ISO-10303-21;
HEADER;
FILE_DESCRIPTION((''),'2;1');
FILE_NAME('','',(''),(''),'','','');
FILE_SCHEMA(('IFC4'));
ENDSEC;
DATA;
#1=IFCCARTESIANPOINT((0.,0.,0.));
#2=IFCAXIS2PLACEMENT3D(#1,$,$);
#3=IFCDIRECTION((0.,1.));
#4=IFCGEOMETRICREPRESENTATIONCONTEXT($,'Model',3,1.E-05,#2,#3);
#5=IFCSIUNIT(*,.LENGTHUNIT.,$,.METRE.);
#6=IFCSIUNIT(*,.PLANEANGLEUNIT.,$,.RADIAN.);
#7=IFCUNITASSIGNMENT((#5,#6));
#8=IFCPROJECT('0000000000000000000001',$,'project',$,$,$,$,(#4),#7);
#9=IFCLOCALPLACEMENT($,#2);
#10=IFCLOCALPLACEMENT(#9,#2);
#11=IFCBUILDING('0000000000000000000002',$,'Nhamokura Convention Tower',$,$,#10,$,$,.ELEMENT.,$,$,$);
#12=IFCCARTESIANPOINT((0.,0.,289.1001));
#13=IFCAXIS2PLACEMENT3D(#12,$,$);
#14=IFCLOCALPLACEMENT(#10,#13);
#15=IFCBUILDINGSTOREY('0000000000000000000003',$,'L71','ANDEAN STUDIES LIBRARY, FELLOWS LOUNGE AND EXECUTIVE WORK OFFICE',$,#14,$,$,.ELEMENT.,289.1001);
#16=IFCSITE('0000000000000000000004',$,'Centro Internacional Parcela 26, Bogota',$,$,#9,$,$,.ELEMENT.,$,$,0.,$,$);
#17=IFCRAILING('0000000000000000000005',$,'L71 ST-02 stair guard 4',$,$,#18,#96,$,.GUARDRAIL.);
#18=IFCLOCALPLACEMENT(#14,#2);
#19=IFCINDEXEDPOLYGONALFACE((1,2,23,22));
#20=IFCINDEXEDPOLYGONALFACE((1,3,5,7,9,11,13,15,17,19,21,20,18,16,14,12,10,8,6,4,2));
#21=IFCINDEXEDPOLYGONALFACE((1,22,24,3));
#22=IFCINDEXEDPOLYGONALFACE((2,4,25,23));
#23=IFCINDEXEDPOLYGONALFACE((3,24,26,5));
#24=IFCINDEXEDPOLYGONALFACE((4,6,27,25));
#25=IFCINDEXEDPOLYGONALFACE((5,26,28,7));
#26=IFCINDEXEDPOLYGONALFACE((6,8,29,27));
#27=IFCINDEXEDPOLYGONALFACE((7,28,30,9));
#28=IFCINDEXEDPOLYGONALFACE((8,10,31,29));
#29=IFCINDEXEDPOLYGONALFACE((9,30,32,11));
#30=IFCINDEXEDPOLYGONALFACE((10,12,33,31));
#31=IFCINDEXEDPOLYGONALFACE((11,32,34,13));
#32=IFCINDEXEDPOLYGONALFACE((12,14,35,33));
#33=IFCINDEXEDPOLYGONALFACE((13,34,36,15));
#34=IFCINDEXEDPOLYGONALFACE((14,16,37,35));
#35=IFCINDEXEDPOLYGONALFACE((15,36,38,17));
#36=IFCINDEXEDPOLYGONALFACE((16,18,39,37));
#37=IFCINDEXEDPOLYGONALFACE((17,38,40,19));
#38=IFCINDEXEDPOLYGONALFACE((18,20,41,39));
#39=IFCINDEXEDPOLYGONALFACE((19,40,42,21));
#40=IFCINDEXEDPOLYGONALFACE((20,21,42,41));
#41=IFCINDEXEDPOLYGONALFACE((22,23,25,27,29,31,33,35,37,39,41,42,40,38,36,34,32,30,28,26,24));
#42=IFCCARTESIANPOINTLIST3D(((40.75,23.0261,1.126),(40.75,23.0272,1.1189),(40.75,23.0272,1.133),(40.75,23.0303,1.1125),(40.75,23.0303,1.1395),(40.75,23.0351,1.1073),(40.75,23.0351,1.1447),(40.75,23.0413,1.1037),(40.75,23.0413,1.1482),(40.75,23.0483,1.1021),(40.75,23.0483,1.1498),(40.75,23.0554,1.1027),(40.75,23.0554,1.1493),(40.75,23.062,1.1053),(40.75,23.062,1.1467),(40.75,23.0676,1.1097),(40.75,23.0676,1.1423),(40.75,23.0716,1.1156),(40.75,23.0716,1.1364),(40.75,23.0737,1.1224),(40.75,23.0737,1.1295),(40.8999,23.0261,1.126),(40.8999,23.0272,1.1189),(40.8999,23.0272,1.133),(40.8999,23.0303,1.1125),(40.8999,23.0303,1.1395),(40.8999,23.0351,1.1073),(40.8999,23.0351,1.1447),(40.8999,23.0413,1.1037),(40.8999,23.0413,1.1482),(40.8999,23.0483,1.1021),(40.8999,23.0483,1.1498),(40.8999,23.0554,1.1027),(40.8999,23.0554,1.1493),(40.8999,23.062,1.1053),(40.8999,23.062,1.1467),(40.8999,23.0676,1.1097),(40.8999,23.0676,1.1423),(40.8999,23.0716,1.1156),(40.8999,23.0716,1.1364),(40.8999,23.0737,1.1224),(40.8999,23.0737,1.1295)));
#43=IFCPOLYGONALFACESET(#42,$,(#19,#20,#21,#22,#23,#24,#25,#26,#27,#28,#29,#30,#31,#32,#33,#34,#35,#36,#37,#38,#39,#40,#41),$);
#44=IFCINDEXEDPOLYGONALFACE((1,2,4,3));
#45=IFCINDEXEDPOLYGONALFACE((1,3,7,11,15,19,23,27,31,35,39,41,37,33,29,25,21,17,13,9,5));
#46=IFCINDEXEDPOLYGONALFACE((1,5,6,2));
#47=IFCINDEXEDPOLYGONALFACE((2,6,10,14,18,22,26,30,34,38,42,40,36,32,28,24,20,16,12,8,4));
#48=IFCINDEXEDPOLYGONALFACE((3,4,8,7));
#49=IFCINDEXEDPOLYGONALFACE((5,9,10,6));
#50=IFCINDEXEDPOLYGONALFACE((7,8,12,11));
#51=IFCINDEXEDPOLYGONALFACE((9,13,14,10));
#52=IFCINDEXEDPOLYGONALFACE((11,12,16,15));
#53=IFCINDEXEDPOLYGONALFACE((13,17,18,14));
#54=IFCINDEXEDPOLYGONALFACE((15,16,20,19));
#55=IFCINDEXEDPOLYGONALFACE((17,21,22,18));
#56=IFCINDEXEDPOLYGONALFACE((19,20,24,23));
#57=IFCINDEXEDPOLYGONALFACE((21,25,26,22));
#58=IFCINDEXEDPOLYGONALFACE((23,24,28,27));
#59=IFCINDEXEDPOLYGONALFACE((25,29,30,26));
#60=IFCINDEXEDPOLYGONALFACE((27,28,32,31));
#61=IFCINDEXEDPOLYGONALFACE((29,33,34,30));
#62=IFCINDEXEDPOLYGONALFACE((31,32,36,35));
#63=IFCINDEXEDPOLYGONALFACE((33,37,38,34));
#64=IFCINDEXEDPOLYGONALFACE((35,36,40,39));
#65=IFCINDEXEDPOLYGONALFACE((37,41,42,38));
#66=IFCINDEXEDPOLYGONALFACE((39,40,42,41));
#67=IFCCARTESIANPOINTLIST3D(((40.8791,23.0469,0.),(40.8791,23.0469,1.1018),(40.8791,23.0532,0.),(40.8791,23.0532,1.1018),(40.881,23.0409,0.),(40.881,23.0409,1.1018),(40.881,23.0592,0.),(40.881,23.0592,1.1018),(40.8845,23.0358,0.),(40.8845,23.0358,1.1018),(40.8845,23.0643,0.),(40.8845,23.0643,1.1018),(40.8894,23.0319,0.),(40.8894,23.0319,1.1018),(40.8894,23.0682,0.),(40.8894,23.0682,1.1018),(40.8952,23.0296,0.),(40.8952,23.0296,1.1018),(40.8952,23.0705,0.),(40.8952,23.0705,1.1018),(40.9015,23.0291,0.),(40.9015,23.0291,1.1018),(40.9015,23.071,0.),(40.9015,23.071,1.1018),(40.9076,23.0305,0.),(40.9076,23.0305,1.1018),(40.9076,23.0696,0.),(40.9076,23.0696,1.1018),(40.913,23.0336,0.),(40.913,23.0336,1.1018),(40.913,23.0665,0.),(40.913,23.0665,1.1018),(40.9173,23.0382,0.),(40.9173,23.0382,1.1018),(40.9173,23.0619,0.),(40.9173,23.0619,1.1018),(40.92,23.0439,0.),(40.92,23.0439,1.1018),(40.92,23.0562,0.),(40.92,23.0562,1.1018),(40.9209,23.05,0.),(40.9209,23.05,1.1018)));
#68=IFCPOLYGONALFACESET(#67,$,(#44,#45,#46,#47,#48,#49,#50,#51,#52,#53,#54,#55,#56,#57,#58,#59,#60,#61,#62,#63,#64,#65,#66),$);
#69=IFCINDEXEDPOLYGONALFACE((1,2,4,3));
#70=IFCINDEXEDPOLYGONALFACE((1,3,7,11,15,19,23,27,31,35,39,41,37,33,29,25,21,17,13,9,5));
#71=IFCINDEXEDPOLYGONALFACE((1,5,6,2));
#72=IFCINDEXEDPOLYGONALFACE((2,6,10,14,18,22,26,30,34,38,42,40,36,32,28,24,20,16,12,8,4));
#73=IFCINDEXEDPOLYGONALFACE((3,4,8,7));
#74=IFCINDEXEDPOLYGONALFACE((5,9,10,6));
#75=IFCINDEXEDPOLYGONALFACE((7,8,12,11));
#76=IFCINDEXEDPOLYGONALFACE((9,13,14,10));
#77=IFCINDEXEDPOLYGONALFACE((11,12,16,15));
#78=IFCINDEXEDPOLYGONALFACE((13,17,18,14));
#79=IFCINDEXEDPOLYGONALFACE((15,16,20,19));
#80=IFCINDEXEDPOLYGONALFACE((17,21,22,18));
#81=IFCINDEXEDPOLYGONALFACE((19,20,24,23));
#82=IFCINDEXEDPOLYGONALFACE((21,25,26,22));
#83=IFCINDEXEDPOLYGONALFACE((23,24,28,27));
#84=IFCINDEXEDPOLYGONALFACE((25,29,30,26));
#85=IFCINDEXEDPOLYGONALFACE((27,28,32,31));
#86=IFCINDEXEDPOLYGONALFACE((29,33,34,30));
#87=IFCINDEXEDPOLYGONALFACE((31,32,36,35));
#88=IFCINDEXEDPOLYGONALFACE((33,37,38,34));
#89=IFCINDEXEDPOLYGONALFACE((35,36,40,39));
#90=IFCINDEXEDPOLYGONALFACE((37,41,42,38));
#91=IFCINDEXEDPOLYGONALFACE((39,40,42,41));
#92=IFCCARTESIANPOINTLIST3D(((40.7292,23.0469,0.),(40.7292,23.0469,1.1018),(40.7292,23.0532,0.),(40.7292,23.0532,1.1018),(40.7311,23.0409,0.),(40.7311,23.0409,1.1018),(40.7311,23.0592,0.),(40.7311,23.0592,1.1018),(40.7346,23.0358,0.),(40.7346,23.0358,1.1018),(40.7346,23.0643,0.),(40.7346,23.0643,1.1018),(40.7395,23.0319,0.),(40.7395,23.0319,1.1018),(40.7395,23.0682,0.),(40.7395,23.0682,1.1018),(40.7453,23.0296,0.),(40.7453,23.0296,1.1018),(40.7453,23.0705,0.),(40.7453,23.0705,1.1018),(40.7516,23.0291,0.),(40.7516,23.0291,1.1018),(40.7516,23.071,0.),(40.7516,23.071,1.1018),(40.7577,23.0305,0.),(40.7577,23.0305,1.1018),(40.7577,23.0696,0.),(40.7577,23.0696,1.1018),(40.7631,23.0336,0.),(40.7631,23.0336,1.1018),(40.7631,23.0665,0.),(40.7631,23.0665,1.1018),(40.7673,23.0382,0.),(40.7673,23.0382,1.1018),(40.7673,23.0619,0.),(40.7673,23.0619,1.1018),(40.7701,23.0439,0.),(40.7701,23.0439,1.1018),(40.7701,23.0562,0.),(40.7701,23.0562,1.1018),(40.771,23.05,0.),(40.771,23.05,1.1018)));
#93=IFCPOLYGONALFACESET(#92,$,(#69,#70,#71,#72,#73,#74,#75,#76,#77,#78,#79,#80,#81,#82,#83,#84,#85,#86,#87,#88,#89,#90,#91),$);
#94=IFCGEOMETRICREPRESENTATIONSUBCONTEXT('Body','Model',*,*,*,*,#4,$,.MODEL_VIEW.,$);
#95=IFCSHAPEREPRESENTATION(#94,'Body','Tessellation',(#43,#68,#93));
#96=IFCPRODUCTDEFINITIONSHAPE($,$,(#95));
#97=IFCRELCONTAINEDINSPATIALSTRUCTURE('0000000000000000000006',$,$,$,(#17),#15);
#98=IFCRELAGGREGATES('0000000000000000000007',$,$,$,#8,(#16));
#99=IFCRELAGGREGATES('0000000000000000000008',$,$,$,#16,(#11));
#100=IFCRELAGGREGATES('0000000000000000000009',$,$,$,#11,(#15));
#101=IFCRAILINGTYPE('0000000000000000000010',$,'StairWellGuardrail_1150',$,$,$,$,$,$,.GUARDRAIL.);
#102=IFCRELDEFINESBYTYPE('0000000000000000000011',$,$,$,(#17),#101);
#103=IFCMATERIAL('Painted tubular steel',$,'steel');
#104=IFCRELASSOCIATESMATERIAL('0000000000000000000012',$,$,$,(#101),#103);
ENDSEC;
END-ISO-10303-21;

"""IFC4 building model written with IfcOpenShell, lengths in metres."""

from ifc_helpers import new_model, si_unit, direction, frame, origin, origin_2d, place, context, subcontext, project, spatial, circle, extrude, material, type_object, element, save


model = new_model("IFC4")

# Units and contexts
model_context = context("Model", 3, precision=1e-05, world=origin(), true_north=direction((0.0, 1.0)))
body_context = subcontext(model_context, "Body", "Model", "MODEL_VIEW")
ifc_project = project(units=[si_unit("LENGTHUNIT", "METRE"), si_unit("PLANEANGLEUNIT", "RADIAN")], contexts=[model_context])

# Site, building, storey
site_placement = place(None, origin())
site = spatial("IfcSite", under=ifc_project, at=site_placement, Name="Centro Internacional Parcela 26, Bogota", CompositionType="ELEMENT", RefElevation=0.0)
building_placement = place(site_placement, origin())
building = spatial("IfcBuilding", under=site, at=building_placement, Name="Nhamokura Convention Tower", CompositionType="ELEMENT")
storey_placement = place(building_placement, frame((0.0, 0.0, 289.1001)))
storey = spatial("IfcBuildingStorey", under=building, at=storey_placement, Name="L71", Description="ANDEAN STUDIES LIBRARY, FELLOWS LOUNGE AND EXECUTIVE WORK OFFICE", CompositionType="ELEMENT", Elevation=289.1001)

# Railing
ifc_material_1 = material(Name="Painted tubular steel", Category="steel")
railing_type_1 = type_object("IfcRailingType", Name="StairWellGuardrail_1150", PredefinedType="GUARDRAIL", material=ifc_material_1)
railing_1_placement = place(storey_placement, frame((40.8999, 23.05, 0.0)))
element("IfcRailing", 1, at=railing_1_placement, inside=storey, type_object=railing_type_1, Name="L71 ST-02 stair guard 4", PredefinedType="GUARDRAIL", context=body_context, shape_type="SweptSolid", body=[
    extrude(circle(Radius=0.0239, at=origin_2d()), frame((0.0, 0.0, 1.126), z_axis=(-1.0, 0.0, 0.0), x_axis=(0.0, -1.0, 0.0)), (0.0, 0.0, 1.0), 0.1499),
    extrude(circle(Radius=0.021, at=origin_2d()), origin(), (0.0, 0.0, 1.0), 1.1018),
    extrude(circle(Radius=0.021, at=origin_2d()), frame((-0.1499, 0.0, 0.0)), (0.0, 0.0, 1.0), 1.1018),
])

save(model, "model.ifc")
